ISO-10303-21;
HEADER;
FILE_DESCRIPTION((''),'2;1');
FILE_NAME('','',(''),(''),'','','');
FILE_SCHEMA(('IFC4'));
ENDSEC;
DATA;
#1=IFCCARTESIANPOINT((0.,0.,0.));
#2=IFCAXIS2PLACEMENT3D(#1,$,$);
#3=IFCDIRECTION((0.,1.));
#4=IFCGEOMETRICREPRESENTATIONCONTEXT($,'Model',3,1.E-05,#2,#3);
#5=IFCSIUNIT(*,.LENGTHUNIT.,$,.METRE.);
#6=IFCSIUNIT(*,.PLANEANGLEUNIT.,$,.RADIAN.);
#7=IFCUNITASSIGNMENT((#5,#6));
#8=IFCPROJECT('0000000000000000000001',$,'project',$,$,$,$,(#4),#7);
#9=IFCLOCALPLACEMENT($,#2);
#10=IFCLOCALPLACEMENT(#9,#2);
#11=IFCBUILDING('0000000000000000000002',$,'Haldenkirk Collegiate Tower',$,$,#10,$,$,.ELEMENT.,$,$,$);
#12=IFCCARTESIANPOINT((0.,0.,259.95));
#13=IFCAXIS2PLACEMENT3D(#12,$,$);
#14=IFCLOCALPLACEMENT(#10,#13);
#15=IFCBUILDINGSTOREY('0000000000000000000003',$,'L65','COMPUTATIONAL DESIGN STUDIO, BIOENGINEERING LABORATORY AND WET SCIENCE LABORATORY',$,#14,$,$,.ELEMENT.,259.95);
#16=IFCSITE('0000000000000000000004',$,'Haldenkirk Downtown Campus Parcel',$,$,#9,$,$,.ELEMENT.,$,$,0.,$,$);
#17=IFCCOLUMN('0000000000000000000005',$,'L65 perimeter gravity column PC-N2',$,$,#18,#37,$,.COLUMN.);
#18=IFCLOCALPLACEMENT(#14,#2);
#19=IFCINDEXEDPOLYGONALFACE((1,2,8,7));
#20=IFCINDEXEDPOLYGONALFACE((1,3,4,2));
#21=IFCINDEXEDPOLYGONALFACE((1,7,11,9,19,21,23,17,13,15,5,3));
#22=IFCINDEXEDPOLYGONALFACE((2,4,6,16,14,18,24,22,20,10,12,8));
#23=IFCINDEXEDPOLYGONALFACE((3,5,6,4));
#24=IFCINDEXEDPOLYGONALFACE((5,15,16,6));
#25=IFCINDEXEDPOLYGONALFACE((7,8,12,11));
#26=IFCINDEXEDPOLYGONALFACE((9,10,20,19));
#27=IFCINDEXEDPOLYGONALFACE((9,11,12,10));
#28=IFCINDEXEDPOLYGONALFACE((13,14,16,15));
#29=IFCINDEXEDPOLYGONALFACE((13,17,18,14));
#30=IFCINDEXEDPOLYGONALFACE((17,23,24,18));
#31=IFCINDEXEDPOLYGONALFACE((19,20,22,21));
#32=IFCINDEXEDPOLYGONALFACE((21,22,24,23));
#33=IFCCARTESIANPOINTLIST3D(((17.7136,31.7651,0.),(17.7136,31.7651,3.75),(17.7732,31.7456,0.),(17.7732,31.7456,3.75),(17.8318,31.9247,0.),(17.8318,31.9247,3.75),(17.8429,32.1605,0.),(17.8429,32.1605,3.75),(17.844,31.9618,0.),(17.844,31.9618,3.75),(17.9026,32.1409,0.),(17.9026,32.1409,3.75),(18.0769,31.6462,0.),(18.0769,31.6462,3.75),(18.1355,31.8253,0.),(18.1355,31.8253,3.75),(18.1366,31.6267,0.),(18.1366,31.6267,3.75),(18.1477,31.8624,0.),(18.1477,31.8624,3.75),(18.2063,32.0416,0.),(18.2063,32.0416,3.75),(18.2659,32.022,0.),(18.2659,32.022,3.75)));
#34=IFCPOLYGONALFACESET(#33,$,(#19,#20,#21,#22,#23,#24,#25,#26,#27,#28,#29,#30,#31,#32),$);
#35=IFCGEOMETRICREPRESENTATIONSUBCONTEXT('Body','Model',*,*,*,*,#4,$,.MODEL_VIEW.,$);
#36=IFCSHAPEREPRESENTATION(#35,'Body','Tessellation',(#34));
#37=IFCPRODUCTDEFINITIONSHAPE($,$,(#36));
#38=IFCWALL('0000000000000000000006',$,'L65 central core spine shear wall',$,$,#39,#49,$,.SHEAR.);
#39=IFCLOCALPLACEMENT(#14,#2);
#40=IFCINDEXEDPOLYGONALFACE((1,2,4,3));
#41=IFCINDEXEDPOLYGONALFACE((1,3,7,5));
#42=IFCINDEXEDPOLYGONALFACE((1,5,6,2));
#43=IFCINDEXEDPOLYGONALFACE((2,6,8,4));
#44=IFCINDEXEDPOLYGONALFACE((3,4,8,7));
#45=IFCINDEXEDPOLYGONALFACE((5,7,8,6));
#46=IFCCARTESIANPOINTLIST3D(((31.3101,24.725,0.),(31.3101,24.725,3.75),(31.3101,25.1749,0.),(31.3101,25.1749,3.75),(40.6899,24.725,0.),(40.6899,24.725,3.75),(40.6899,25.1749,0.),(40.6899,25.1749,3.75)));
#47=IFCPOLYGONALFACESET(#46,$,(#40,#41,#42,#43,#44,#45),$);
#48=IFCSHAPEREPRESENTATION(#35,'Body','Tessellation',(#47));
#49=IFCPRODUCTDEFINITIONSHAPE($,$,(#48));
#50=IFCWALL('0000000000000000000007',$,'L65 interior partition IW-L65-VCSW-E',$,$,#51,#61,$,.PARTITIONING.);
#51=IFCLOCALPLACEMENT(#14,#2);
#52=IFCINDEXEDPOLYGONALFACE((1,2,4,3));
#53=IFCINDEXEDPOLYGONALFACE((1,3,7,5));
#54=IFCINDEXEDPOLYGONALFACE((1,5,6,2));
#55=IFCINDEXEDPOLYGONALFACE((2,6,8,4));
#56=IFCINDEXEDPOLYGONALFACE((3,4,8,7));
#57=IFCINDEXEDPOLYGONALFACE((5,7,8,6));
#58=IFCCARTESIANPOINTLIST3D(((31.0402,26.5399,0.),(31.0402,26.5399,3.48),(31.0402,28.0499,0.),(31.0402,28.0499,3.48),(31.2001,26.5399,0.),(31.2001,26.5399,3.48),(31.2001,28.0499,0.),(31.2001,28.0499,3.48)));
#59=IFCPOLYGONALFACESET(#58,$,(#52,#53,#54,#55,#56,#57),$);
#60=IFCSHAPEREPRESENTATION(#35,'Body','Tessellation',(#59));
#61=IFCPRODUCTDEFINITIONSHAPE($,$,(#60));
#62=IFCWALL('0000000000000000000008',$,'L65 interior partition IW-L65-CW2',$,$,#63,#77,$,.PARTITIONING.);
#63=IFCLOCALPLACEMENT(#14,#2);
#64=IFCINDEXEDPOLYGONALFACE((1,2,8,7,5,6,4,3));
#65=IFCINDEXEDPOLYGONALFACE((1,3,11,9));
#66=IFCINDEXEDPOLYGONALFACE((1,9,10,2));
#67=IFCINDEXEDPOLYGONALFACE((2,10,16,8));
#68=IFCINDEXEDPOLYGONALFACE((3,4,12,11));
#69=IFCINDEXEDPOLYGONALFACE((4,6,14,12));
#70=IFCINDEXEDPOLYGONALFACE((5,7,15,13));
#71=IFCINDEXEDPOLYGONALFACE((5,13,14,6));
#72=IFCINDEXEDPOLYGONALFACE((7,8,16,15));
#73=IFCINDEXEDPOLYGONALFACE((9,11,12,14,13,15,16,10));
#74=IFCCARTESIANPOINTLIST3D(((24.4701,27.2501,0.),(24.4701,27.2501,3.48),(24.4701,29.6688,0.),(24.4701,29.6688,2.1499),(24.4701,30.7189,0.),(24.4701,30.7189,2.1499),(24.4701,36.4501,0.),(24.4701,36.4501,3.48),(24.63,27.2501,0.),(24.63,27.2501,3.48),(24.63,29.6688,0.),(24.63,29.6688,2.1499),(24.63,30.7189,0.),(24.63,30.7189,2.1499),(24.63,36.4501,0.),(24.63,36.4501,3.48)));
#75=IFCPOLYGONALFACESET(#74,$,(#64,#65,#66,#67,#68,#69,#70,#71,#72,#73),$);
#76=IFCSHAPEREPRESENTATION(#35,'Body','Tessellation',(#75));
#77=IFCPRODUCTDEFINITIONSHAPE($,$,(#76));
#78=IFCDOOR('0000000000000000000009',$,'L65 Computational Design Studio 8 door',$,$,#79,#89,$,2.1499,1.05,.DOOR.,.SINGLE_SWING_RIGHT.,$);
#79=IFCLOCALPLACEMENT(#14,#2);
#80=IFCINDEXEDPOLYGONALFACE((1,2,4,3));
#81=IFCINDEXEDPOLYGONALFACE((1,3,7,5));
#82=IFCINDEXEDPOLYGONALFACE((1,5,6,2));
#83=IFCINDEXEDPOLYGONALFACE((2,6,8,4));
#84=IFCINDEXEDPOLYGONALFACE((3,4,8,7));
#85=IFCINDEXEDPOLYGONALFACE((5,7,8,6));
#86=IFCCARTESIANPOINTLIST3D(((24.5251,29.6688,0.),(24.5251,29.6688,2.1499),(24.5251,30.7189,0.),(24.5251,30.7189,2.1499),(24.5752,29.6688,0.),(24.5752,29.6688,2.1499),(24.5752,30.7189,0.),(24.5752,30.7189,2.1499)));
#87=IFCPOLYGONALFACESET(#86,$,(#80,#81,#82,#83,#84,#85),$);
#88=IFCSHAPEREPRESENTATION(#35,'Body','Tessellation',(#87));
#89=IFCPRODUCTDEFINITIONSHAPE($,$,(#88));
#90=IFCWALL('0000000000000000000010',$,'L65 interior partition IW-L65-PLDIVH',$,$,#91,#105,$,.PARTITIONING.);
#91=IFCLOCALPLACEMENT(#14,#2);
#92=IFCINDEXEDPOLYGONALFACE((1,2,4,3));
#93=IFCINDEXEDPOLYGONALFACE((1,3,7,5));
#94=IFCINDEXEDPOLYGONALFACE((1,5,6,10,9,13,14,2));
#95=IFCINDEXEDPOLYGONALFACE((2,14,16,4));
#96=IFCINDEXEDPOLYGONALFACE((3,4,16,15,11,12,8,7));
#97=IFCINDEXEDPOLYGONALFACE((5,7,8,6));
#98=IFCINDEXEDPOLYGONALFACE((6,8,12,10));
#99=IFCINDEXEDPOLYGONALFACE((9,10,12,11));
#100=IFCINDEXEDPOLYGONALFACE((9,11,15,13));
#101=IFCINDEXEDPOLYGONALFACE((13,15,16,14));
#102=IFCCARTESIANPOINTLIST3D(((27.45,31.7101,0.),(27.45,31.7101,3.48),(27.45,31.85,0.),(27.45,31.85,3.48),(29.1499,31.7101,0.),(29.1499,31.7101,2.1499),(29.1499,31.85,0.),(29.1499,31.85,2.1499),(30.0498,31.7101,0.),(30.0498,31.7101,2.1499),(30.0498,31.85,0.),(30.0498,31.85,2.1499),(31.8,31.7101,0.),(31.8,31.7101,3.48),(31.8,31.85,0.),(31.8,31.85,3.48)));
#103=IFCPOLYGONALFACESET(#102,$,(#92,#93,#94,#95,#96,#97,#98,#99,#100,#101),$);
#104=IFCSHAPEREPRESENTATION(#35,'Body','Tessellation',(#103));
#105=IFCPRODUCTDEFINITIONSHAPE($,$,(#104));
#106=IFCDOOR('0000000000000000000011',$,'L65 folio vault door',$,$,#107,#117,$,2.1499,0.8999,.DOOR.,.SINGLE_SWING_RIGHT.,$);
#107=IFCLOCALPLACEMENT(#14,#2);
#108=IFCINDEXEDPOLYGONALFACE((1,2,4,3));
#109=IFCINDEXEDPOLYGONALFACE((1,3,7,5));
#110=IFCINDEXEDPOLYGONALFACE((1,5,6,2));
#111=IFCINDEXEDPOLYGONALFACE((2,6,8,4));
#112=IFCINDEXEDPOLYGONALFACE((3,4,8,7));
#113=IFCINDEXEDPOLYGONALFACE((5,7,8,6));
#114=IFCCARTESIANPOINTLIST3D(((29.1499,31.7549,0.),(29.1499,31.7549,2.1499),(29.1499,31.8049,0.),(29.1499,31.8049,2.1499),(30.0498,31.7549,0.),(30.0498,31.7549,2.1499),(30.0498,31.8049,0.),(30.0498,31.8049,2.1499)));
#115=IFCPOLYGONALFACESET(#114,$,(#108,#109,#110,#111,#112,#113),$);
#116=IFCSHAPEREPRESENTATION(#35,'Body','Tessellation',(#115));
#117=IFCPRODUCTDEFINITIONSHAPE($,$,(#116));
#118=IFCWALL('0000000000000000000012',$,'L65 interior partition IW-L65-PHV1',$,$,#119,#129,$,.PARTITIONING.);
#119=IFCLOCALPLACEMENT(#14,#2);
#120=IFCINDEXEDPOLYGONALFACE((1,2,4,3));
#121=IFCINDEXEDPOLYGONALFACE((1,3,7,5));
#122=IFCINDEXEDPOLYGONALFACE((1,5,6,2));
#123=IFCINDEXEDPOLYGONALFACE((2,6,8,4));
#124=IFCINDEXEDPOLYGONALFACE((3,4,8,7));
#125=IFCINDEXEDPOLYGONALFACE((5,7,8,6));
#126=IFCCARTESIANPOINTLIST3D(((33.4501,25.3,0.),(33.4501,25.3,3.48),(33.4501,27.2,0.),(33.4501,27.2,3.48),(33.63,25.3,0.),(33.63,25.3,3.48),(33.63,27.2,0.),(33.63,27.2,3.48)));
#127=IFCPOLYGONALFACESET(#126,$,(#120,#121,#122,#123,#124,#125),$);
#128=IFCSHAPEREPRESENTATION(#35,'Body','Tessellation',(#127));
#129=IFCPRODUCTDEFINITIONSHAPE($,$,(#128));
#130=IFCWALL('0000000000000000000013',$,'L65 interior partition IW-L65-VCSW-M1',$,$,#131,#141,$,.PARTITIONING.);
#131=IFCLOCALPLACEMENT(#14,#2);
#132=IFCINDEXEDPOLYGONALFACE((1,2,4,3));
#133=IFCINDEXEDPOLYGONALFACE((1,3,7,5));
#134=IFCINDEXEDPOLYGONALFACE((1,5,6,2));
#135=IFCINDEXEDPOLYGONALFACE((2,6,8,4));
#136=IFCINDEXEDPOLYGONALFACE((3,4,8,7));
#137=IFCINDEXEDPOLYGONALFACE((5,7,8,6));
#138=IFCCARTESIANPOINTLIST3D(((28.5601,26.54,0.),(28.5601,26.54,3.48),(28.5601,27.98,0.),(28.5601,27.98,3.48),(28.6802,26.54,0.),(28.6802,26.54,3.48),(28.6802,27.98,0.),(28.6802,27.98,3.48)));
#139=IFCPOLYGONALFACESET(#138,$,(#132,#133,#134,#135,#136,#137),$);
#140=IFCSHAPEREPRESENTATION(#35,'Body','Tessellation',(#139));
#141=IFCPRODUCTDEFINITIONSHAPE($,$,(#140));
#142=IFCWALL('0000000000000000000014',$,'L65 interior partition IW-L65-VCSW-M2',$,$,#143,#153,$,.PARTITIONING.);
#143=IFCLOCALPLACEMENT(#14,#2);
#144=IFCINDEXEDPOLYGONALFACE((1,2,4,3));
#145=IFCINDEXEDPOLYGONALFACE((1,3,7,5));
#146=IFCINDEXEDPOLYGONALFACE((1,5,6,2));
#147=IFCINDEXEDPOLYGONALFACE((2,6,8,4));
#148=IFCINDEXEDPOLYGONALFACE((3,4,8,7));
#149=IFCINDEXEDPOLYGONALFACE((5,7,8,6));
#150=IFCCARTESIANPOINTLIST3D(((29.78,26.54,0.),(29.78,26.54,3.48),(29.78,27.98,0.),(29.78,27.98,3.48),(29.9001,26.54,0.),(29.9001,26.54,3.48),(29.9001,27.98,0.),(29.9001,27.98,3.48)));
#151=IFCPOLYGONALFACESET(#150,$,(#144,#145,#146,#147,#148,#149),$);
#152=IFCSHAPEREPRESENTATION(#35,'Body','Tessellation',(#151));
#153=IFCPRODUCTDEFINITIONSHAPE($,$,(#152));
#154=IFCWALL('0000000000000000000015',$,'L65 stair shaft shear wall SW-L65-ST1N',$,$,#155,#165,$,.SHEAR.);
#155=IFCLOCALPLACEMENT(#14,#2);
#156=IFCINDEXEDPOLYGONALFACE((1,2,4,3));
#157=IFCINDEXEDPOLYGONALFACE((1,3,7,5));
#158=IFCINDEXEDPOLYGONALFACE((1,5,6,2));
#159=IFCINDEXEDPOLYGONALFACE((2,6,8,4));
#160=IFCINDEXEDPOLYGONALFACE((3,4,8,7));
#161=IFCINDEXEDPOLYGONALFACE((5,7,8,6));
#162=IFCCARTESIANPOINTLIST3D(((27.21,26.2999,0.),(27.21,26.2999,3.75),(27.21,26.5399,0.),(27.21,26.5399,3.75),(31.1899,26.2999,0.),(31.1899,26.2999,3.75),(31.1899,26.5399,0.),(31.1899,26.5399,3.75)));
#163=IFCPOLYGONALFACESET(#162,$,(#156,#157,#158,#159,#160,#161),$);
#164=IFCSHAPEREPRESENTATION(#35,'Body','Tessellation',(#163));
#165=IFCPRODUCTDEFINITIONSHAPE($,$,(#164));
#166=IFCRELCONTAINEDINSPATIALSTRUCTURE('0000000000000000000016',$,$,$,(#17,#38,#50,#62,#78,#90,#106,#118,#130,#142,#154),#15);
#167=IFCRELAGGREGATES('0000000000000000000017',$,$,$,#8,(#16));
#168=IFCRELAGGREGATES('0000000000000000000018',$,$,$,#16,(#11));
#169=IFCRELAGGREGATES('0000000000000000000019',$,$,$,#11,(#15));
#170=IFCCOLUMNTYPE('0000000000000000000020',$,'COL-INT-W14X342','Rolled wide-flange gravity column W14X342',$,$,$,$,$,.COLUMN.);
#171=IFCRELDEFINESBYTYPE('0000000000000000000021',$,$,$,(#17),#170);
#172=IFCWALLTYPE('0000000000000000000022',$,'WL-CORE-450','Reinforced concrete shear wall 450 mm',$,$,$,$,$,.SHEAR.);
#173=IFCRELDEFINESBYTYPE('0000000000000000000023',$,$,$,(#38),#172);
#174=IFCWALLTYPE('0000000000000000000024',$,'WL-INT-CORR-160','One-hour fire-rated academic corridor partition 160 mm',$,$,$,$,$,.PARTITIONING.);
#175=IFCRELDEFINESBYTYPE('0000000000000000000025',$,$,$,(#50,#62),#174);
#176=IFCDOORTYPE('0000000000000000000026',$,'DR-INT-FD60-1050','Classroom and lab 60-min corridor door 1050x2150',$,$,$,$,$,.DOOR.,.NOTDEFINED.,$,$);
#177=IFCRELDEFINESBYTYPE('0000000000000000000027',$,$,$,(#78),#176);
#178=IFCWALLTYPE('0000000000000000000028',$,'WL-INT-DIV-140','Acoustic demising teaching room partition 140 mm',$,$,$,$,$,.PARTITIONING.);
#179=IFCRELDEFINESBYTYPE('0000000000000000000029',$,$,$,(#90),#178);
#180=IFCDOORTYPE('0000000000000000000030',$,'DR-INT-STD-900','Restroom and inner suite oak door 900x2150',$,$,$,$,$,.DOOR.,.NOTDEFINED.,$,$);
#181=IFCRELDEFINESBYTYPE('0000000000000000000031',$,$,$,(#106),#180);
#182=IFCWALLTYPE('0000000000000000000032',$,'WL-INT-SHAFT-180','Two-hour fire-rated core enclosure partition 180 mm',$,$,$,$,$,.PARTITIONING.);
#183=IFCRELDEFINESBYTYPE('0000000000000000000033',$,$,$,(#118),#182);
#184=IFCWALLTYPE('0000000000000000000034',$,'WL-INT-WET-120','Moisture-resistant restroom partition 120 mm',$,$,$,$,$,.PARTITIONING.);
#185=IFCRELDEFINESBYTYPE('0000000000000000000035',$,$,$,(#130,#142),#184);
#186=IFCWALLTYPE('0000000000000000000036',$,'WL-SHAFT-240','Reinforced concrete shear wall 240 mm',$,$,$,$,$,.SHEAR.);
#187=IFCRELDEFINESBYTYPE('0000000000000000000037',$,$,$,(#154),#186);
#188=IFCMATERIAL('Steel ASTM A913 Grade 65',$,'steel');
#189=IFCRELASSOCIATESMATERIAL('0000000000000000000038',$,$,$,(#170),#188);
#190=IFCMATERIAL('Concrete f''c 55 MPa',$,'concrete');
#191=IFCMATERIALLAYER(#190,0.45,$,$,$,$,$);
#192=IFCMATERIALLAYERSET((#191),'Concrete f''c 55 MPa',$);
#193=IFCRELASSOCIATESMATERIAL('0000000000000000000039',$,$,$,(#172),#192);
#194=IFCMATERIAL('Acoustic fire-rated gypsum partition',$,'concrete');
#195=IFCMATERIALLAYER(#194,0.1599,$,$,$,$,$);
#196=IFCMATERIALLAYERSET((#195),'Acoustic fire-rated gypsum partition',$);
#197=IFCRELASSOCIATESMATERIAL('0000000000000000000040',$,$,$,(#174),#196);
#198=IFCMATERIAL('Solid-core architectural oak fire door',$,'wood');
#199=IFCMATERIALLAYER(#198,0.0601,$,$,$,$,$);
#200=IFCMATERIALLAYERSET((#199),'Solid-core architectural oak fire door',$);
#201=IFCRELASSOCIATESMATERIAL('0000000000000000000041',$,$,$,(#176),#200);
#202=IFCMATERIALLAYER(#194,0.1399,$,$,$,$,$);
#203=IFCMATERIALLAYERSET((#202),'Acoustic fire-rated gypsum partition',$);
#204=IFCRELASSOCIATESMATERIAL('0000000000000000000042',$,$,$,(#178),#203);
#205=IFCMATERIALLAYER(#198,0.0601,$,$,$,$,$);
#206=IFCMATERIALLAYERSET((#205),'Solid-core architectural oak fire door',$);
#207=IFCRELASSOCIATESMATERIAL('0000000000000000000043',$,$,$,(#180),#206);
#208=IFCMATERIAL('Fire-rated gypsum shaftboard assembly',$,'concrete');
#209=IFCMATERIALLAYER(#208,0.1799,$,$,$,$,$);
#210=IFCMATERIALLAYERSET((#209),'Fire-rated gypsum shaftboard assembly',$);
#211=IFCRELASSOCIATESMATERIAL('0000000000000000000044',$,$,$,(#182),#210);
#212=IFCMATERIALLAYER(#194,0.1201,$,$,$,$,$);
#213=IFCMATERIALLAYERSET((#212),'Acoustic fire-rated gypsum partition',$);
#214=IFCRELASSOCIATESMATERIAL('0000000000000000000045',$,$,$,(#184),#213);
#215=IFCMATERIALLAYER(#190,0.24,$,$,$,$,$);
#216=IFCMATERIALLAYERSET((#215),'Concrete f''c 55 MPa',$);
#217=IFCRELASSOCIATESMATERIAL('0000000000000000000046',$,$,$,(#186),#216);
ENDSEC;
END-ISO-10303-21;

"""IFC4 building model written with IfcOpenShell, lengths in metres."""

from ifc_helpers import new_model, si_unit, direction, frame, frame_2d, origin, origin_2d, place, context, subcontext, project, spatial, rectangle, i_section, extrude, material, layer, layer_set, material_profile, profile_set, type_object, element, fill, save


model = new_model("IFC4")

# Units and contexts
model_context = context("Model", 3, precision=1e-05, world=origin(), true_north=direction((0.0, 1.0)))
body_context = subcontext(model_context, "Body", "Model", "MODEL_VIEW")
ifc_project = project(units=[si_unit("LENGTHUNIT", "METRE"), si_unit("PLANEANGLEUNIT", "RADIAN")], contexts=[model_context])

# Site, building, storey
site_placement = place(None, origin())
site = spatial("IfcSite", under=ifc_project, at=site_placement, Name="Haldenkirk Downtown Campus Parcel", CompositionType="ELEMENT", RefElevation=0.0)
building_placement = place(site_placement, origin())
building = spatial("IfcBuilding", under=site, at=building_placement, Name="Haldenkirk Collegiate Tower", CompositionType="ELEMENT")
storey_placement = place(building_placement, frame((0.0, 0.0, 259.95)))
storey = spatial("IfcBuildingStorey", under=building, at=storey_placement, Name="L65", Description="COMPUTATIONAL DESIGN STUDIO, BIOENGINEERING LABORATORY AND WET SCIENCE LABORATORY", CompositionType="ELEMENT", Elevation=259.95)

# Column
ifc_material_1 = material(Name="Steel ASTM A913 Grade 65", Category="steel")
ifc_material_profile = material_profile(ifc_material_1, i_section(OverallWidth=0.416, OverallDepth=0.4451, WebThickness=0.0391, FlangeThickness=0.0627, at=origin_2d()), Name="W14X342")
ifc_profile_set = profile_set([ifc_material_profile], Name="Steel ASTM A913 Grade 65")
column_type = type_object("IfcColumnType", Name="COL-INT-W14X342", Description="Rolled wide-flange gravity column W14X342", PredefinedType="COLUMN", material=ifc_profile_set)
column_placement = place(storey_placement, frame((17.9897, 31.8936, 0.0), z_axis=(0.0, 0.0, 1.0), x_axis=(0.311008, 0.950407, 0.0)))
element("IfcColumn", 1, at=column_placement, inside=storey, type_object=column_type, Name="L65 perimeter gravity column PC-N2", PredefinedType="COLUMN", context=body_context, shape_type="SweptSolid", body=[
    extrude(i_section(OverallWidth=0.416, OverallDepth=0.4451, WebThickness=0.0391, FlangeThickness=0.0627, at=origin_2d()), origin(), (0.0, 0.0, 1.0), 3.75),
])

# Wall
ifc_material_2 = material(Name="Concrete f'c 55 MPa", Category="concrete")
ifc_layer_1 = layer(ifc_material_2, 0.45)
ifc_layer_set_1 = layer_set([ifc_layer_1], Name="Concrete f'c 55 MPa")
wall_type_1 = type_object("IfcWallType", Name="WL-CORE-450", Description="Reinforced concrete shear wall 450 mm", PredefinedType="SHEAR", material=ifc_layer_set_1)
wall_1_placement = place(storey_placement, frame((31.3101, 24.95, 0.0), z_axis=(0.0, 0.0, 1.0), x_axis=(1.0, 0.0, 0.0)))
element("IfcWall", 2, at=wall_1_placement, inside=storey, type_object=wall_type_1, Name="L65 central core spine shear wall", PredefinedType="SHEAR", context=body_context, shape_type="SweptSolid", body=[
    extrude(rectangle(XDim=9.3799, YDim=0.45, at=frame_2d((4.6899, 0.0))), origin(), (0.0, 0.0, 1.0), 3.75),
])

# Shared definitions
ifc_material_3 = material(Name="Acoustic fire-rated gypsum partition", Category="concrete")
ifc_layer_2 = layer(ifc_material_3, 0.1599)
ifc_layer_set_2 = layer_set([ifc_layer_2], Name="Acoustic fire-rated gypsum partition")
wall_type_2 = type_object("IfcWallType", Name="WL-INT-CORR-160", Description="One-hour fire-rated academic corridor partition 160 mm", PredefinedType="PARTITIONING", material=ifc_layer_set_2)
ifc_material_4 = material(Name="Solid-core architectural oak fire door", Category="wood")

# Wall
wall_2_placement = place(storey_placement, frame((31.1201, 26.54, 0.0), z_axis=(0.0, 0.0, 1.0), x_axis=(0.0, 1.0, 0.0)))
element("IfcWall", 3, at=wall_2_placement, inside=storey, type_object=wall_type_2, Name="L65 interior partition IW-L65-VCSW-E", PredefinedType="PARTITIONING", context=body_context, shape_type="SweptSolid", body=[
    extrude(rectangle(XDim=1.51, YDim=0.1599, at=frame_2d((0.7549, 0.0))), origin(), (0.0, 0.0, 1.0), 3.48),
])

# Walls, openings, doors
wall_3_placement = place(storey_placement, frame((24.55, 27.25, 0.0), z_axis=(0.0, 0.0, 1.0), x_axis=(0.0, 1.0, 0.0)))
wall_3 = element("IfcWall", 4, at=wall_3_placement, inside=storey, type_object=wall_type_2, Name="L65 interior partition IW-L65-CW2", PredefinedType="PARTITIONING", context=body_context, shape_type="SweptSolid", body=[
    extrude(rectangle(XDim=9.2, YDim=0.1599, at=frame_2d((4.6001, 0.0))), origin(), (0.0, 0.0, 1.0), 3.48),
])
opening_1_placement = place(wall_3_placement, frame((2.4189, 0.0, 0.0)))
opening_1 = element("IfcOpeningElement", 5, at=opening_1_placement, cuts=wall_3, PredefinedType="OPENING", context=body_context, shape_type="SweptSolid", body=[
    extrude(rectangle(XDim=1.05, YDim=2.1499, at=frame_2d((0.5249, 1.075))), frame((0.0, 0.0898, 0.0), z_axis=(0.0, -1.0, 0.0), x_axis=(1.0, 0.0, 0.0)), (0.0, 0.0, 1.0), 0.1799),
])
ifc_layer_3 = layer(ifc_material_4, 0.0601)
ifc_layer_set_3 = layer_set([ifc_layer_3], Name="Solid-core architectural oak fire door")
door_type_1 = type_object("IfcDoorType", Name="DR-INT-FD60-1050", Description="Classroom and lab 60-min corridor door 1050x2150", OperationType="NOTDEFINED", PredefinedType="DOOR", material=ifc_layer_set_3)
door_1_placement = place(opening_1_placement, origin())
door_1 = element("IfcDoor", 6, at=door_1_placement, inside=storey, type_object=door_type_1, Name="L65 Computational Design Studio 8 door", OperationType="SINGLE_SWING_RIGHT", OverallHeight=2.1499, OverallWidth=1.05, PredefinedType="DOOR", context=body_context, shape_type="SweptSolid", body=[
    extrude(rectangle(XDim=1.05, YDim=2.1499, at=frame_2d((0.5249, 1.075))), frame((0.0, 0.0249, 0.0), z_axis=(0.0, -1.0, 0.0), x_axis=(1.0, 0.0, 0.0)), (0.0, 0.0, 1.0), 0.05),
])
fill(opening_1, door_1)
ifc_layer_4 = layer(ifc_material_3, 0.1399)
ifc_layer_set_4 = layer_set([ifc_layer_4], Name="Acoustic fire-rated gypsum partition")
wall_type_3 = type_object("IfcWallType", Name="WL-INT-DIV-140", Description="Acoustic demising teaching room partition 140 mm", PredefinedType="PARTITIONING", material=ifc_layer_set_4)
wall_4_placement = place(storey_placement, frame((27.45, 31.78, 0.0), z_axis=(0.0, 0.0, 1.0), x_axis=(1.0, 0.0, 0.0)))
wall_4 = element("IfcWall", 7, at=wall_4_placement, inside=storey, type_object=wall_type_3, Name="L65 interior partition IW-L65-PLDIVH", PredefinedType="PARTITIONING", context=body_context, shape_type="SweptSolid", body=[
    extrude(rectangle(XDim=4.3501, YDim=0.1399, at=frame_2d((2.175, 0.0))), origin(), (0.0, 0.0, 1.0), 3.48),
])
opening_2_placement = place(wall_4_placement, frame((1.7, 0.0, 0.0)))
opening_2 = element("IfcOpeningElement", 8, at=opening_2_placement, cuts=wall_4, PredefinedType="OPENING", context=body_context, shape_type="SweptSolid", body=[
    extrude(rectangle(XDim=0.8999, YDim=2.1499, at=frame_2d((0.45, 1.075))), frame((0.0, 0.0798, 0.0), z_axis=(0.0, -1.0, 0.0), x_axis=(1.0, 0.0, 0.0)), (0.0, 0.0, 1.0), 0.1599),
])
ifc_layer_5 = layer(ifc_material_4, 0.0601)
ifc_layer_set_5 = layer_set([ifc_layer_5], Name="Solid-core architectural oak fire door")
door_type_2 = type_object("IfcDoorType", Name="DR-INT-STD-900", Description="Restroom and inner suite oak door 900x2150", OperationType="NOTDEFINED", PredefinedType="DOOR", material=ifc_layer_set_5)
door_2_placement = place(opening_2_placement, origin())
door_2 = element("IfcDoor", 9, at=door_2_placement, inside=storey, type_object=door_type_2, Name="L65 folio vault door", OperationType="SINGLE_SWING_RIGHT", OverallHeight=2.1499, OverallWidth=0.8999, PredefinedType="DOOR", context=body_context, shape_type="SweptSolid", body=[
    extrude(rectangle(XDim=0.8999, YDim=2.1499, at=frame_2d((0.45, 1.075))), frame((0.0, 0.0249, 0.0), z_axis=(0.0, -1.0, 0.0), x_axis=(1.0, 0.0, 0.0)), (0.0, 0.0, 1.0), 0.05),
])
fill(opening_2, door_2)

# Shared definitions
ifc_material_5 = material(Name="Fire-rated gypsum shaftboard assembly", Category="concrete")
ifc_layer_6 = layer(ifc_material_5, 0.1799)
ifc_layer_set_6 = layer_set([ifc_layer_6], Name="Fire-rated gypsum shaftboard assembly")
wall_type_4 = type_object("IfcWallType", Name="WL-INT-SHAFT-180", Description="Two-hour fire-rated core enclosure partition 180 mm", PredefinedType="PARTITIONING", material=ifc_layer_set_6)

# Walls
wall_5_placement = place(storey_placement, frame((33.54, 25.3, 0.0), z_axis=(0.0, 0.0, 1.0), x_axis=(0.0, 1.0, 0.0)))
element("IfcWall", 10, at=wall_5_placement, inside=storey, type_object=wall_type_4, Name="L65 interior partition IW-L65-PHV1", PredefinedType="PARTITIONING", context=body_context, shape_type="SweptSolid", body=[
    extrude(rectangle(XDim=1.8999, YDim=0.1799, at=frame_2d((0.95, 0.0))), origin(), (0.0, 0.0, 1.0), 3.48),
])
ifc_layer_7 = layer(ifc_material_3, 0.1201)
ifc_layer_set_7 = layer_set([ifc_layer_7], Name="Acoustic fire-rated gypsum partition")
wall_type_5 = type_object("IfcWallType", Name="WL-INT-WET-120", Description="Moisture-resistant restroom partition 120 mm", PredefinedType="PARTITIONING", material=ifc_layer_set_7)
for number, where, z_axis, x_axis, name in (
    (11, (28.6201, 26.54, 0.0), (0.0, 0.0, 1.0), (0.0, 1.0, 0.0), "L65 interior partition IW-L65-VCSW-M1"),
    (12, (29.8401, 26.54, 0.0), (0.0, 0.0, 1.0), (0.0, 1.0, 0.0), "L65 interior partition IW-L65-VCSW-M2"),
):
    element("IfcWall", number, at=place(storey_placement, frame(where, z_axis=z_axis, x_axis=x_axis)), inside=storey, type_object=wall_type_5, Name=name, PredefinedType="PARTITIONING", context=body_context, shape_type="SweptSolid", body=[
        extrude(rectangle(XDim=1.4399, YDim=0.1201, at=frame_2d((0.72, 0.0))), origin(), (0.0, 0.0, 1.0), 3.48),
    ])
ifc_layer_8 = layer(ifc_material_2, 0.24)
ifc_layer_set_8 = layer_set([ifc_layer_8], Name="Concrete f'c 55 MPa")
wall_type_6 = type_object("IfcWallType", Name="WL-SHAFT-240", Description="Reinforced concrete shear wall 240 mm", PredefinedType="SHEAR", material=ifc_layer_set_8)
wall_6_placement = place(storey_placement, frame((27.21, 26.4199, 0.0), z_axis=(0.0, 0.0, 1.0), x_axis=(1.0, 0.0, 0.0)))
element("IfcWall", 13, at=wall_6_placement, inside=storey, type_object=wall_type_6, Name="L65 stair shaft shear wall SW-L65-ST1N", PredefinedType="SHEAR", context=body_context, shape_type="SweptSolid", body=[
    extrude(rectangle(XDim=3.98, YDim=0.24, at=frame_2d((1.99, 0.0))), origin(), (0.0, 0.0, 1.0), 3.75),
])

save(model, "model.ifc")
